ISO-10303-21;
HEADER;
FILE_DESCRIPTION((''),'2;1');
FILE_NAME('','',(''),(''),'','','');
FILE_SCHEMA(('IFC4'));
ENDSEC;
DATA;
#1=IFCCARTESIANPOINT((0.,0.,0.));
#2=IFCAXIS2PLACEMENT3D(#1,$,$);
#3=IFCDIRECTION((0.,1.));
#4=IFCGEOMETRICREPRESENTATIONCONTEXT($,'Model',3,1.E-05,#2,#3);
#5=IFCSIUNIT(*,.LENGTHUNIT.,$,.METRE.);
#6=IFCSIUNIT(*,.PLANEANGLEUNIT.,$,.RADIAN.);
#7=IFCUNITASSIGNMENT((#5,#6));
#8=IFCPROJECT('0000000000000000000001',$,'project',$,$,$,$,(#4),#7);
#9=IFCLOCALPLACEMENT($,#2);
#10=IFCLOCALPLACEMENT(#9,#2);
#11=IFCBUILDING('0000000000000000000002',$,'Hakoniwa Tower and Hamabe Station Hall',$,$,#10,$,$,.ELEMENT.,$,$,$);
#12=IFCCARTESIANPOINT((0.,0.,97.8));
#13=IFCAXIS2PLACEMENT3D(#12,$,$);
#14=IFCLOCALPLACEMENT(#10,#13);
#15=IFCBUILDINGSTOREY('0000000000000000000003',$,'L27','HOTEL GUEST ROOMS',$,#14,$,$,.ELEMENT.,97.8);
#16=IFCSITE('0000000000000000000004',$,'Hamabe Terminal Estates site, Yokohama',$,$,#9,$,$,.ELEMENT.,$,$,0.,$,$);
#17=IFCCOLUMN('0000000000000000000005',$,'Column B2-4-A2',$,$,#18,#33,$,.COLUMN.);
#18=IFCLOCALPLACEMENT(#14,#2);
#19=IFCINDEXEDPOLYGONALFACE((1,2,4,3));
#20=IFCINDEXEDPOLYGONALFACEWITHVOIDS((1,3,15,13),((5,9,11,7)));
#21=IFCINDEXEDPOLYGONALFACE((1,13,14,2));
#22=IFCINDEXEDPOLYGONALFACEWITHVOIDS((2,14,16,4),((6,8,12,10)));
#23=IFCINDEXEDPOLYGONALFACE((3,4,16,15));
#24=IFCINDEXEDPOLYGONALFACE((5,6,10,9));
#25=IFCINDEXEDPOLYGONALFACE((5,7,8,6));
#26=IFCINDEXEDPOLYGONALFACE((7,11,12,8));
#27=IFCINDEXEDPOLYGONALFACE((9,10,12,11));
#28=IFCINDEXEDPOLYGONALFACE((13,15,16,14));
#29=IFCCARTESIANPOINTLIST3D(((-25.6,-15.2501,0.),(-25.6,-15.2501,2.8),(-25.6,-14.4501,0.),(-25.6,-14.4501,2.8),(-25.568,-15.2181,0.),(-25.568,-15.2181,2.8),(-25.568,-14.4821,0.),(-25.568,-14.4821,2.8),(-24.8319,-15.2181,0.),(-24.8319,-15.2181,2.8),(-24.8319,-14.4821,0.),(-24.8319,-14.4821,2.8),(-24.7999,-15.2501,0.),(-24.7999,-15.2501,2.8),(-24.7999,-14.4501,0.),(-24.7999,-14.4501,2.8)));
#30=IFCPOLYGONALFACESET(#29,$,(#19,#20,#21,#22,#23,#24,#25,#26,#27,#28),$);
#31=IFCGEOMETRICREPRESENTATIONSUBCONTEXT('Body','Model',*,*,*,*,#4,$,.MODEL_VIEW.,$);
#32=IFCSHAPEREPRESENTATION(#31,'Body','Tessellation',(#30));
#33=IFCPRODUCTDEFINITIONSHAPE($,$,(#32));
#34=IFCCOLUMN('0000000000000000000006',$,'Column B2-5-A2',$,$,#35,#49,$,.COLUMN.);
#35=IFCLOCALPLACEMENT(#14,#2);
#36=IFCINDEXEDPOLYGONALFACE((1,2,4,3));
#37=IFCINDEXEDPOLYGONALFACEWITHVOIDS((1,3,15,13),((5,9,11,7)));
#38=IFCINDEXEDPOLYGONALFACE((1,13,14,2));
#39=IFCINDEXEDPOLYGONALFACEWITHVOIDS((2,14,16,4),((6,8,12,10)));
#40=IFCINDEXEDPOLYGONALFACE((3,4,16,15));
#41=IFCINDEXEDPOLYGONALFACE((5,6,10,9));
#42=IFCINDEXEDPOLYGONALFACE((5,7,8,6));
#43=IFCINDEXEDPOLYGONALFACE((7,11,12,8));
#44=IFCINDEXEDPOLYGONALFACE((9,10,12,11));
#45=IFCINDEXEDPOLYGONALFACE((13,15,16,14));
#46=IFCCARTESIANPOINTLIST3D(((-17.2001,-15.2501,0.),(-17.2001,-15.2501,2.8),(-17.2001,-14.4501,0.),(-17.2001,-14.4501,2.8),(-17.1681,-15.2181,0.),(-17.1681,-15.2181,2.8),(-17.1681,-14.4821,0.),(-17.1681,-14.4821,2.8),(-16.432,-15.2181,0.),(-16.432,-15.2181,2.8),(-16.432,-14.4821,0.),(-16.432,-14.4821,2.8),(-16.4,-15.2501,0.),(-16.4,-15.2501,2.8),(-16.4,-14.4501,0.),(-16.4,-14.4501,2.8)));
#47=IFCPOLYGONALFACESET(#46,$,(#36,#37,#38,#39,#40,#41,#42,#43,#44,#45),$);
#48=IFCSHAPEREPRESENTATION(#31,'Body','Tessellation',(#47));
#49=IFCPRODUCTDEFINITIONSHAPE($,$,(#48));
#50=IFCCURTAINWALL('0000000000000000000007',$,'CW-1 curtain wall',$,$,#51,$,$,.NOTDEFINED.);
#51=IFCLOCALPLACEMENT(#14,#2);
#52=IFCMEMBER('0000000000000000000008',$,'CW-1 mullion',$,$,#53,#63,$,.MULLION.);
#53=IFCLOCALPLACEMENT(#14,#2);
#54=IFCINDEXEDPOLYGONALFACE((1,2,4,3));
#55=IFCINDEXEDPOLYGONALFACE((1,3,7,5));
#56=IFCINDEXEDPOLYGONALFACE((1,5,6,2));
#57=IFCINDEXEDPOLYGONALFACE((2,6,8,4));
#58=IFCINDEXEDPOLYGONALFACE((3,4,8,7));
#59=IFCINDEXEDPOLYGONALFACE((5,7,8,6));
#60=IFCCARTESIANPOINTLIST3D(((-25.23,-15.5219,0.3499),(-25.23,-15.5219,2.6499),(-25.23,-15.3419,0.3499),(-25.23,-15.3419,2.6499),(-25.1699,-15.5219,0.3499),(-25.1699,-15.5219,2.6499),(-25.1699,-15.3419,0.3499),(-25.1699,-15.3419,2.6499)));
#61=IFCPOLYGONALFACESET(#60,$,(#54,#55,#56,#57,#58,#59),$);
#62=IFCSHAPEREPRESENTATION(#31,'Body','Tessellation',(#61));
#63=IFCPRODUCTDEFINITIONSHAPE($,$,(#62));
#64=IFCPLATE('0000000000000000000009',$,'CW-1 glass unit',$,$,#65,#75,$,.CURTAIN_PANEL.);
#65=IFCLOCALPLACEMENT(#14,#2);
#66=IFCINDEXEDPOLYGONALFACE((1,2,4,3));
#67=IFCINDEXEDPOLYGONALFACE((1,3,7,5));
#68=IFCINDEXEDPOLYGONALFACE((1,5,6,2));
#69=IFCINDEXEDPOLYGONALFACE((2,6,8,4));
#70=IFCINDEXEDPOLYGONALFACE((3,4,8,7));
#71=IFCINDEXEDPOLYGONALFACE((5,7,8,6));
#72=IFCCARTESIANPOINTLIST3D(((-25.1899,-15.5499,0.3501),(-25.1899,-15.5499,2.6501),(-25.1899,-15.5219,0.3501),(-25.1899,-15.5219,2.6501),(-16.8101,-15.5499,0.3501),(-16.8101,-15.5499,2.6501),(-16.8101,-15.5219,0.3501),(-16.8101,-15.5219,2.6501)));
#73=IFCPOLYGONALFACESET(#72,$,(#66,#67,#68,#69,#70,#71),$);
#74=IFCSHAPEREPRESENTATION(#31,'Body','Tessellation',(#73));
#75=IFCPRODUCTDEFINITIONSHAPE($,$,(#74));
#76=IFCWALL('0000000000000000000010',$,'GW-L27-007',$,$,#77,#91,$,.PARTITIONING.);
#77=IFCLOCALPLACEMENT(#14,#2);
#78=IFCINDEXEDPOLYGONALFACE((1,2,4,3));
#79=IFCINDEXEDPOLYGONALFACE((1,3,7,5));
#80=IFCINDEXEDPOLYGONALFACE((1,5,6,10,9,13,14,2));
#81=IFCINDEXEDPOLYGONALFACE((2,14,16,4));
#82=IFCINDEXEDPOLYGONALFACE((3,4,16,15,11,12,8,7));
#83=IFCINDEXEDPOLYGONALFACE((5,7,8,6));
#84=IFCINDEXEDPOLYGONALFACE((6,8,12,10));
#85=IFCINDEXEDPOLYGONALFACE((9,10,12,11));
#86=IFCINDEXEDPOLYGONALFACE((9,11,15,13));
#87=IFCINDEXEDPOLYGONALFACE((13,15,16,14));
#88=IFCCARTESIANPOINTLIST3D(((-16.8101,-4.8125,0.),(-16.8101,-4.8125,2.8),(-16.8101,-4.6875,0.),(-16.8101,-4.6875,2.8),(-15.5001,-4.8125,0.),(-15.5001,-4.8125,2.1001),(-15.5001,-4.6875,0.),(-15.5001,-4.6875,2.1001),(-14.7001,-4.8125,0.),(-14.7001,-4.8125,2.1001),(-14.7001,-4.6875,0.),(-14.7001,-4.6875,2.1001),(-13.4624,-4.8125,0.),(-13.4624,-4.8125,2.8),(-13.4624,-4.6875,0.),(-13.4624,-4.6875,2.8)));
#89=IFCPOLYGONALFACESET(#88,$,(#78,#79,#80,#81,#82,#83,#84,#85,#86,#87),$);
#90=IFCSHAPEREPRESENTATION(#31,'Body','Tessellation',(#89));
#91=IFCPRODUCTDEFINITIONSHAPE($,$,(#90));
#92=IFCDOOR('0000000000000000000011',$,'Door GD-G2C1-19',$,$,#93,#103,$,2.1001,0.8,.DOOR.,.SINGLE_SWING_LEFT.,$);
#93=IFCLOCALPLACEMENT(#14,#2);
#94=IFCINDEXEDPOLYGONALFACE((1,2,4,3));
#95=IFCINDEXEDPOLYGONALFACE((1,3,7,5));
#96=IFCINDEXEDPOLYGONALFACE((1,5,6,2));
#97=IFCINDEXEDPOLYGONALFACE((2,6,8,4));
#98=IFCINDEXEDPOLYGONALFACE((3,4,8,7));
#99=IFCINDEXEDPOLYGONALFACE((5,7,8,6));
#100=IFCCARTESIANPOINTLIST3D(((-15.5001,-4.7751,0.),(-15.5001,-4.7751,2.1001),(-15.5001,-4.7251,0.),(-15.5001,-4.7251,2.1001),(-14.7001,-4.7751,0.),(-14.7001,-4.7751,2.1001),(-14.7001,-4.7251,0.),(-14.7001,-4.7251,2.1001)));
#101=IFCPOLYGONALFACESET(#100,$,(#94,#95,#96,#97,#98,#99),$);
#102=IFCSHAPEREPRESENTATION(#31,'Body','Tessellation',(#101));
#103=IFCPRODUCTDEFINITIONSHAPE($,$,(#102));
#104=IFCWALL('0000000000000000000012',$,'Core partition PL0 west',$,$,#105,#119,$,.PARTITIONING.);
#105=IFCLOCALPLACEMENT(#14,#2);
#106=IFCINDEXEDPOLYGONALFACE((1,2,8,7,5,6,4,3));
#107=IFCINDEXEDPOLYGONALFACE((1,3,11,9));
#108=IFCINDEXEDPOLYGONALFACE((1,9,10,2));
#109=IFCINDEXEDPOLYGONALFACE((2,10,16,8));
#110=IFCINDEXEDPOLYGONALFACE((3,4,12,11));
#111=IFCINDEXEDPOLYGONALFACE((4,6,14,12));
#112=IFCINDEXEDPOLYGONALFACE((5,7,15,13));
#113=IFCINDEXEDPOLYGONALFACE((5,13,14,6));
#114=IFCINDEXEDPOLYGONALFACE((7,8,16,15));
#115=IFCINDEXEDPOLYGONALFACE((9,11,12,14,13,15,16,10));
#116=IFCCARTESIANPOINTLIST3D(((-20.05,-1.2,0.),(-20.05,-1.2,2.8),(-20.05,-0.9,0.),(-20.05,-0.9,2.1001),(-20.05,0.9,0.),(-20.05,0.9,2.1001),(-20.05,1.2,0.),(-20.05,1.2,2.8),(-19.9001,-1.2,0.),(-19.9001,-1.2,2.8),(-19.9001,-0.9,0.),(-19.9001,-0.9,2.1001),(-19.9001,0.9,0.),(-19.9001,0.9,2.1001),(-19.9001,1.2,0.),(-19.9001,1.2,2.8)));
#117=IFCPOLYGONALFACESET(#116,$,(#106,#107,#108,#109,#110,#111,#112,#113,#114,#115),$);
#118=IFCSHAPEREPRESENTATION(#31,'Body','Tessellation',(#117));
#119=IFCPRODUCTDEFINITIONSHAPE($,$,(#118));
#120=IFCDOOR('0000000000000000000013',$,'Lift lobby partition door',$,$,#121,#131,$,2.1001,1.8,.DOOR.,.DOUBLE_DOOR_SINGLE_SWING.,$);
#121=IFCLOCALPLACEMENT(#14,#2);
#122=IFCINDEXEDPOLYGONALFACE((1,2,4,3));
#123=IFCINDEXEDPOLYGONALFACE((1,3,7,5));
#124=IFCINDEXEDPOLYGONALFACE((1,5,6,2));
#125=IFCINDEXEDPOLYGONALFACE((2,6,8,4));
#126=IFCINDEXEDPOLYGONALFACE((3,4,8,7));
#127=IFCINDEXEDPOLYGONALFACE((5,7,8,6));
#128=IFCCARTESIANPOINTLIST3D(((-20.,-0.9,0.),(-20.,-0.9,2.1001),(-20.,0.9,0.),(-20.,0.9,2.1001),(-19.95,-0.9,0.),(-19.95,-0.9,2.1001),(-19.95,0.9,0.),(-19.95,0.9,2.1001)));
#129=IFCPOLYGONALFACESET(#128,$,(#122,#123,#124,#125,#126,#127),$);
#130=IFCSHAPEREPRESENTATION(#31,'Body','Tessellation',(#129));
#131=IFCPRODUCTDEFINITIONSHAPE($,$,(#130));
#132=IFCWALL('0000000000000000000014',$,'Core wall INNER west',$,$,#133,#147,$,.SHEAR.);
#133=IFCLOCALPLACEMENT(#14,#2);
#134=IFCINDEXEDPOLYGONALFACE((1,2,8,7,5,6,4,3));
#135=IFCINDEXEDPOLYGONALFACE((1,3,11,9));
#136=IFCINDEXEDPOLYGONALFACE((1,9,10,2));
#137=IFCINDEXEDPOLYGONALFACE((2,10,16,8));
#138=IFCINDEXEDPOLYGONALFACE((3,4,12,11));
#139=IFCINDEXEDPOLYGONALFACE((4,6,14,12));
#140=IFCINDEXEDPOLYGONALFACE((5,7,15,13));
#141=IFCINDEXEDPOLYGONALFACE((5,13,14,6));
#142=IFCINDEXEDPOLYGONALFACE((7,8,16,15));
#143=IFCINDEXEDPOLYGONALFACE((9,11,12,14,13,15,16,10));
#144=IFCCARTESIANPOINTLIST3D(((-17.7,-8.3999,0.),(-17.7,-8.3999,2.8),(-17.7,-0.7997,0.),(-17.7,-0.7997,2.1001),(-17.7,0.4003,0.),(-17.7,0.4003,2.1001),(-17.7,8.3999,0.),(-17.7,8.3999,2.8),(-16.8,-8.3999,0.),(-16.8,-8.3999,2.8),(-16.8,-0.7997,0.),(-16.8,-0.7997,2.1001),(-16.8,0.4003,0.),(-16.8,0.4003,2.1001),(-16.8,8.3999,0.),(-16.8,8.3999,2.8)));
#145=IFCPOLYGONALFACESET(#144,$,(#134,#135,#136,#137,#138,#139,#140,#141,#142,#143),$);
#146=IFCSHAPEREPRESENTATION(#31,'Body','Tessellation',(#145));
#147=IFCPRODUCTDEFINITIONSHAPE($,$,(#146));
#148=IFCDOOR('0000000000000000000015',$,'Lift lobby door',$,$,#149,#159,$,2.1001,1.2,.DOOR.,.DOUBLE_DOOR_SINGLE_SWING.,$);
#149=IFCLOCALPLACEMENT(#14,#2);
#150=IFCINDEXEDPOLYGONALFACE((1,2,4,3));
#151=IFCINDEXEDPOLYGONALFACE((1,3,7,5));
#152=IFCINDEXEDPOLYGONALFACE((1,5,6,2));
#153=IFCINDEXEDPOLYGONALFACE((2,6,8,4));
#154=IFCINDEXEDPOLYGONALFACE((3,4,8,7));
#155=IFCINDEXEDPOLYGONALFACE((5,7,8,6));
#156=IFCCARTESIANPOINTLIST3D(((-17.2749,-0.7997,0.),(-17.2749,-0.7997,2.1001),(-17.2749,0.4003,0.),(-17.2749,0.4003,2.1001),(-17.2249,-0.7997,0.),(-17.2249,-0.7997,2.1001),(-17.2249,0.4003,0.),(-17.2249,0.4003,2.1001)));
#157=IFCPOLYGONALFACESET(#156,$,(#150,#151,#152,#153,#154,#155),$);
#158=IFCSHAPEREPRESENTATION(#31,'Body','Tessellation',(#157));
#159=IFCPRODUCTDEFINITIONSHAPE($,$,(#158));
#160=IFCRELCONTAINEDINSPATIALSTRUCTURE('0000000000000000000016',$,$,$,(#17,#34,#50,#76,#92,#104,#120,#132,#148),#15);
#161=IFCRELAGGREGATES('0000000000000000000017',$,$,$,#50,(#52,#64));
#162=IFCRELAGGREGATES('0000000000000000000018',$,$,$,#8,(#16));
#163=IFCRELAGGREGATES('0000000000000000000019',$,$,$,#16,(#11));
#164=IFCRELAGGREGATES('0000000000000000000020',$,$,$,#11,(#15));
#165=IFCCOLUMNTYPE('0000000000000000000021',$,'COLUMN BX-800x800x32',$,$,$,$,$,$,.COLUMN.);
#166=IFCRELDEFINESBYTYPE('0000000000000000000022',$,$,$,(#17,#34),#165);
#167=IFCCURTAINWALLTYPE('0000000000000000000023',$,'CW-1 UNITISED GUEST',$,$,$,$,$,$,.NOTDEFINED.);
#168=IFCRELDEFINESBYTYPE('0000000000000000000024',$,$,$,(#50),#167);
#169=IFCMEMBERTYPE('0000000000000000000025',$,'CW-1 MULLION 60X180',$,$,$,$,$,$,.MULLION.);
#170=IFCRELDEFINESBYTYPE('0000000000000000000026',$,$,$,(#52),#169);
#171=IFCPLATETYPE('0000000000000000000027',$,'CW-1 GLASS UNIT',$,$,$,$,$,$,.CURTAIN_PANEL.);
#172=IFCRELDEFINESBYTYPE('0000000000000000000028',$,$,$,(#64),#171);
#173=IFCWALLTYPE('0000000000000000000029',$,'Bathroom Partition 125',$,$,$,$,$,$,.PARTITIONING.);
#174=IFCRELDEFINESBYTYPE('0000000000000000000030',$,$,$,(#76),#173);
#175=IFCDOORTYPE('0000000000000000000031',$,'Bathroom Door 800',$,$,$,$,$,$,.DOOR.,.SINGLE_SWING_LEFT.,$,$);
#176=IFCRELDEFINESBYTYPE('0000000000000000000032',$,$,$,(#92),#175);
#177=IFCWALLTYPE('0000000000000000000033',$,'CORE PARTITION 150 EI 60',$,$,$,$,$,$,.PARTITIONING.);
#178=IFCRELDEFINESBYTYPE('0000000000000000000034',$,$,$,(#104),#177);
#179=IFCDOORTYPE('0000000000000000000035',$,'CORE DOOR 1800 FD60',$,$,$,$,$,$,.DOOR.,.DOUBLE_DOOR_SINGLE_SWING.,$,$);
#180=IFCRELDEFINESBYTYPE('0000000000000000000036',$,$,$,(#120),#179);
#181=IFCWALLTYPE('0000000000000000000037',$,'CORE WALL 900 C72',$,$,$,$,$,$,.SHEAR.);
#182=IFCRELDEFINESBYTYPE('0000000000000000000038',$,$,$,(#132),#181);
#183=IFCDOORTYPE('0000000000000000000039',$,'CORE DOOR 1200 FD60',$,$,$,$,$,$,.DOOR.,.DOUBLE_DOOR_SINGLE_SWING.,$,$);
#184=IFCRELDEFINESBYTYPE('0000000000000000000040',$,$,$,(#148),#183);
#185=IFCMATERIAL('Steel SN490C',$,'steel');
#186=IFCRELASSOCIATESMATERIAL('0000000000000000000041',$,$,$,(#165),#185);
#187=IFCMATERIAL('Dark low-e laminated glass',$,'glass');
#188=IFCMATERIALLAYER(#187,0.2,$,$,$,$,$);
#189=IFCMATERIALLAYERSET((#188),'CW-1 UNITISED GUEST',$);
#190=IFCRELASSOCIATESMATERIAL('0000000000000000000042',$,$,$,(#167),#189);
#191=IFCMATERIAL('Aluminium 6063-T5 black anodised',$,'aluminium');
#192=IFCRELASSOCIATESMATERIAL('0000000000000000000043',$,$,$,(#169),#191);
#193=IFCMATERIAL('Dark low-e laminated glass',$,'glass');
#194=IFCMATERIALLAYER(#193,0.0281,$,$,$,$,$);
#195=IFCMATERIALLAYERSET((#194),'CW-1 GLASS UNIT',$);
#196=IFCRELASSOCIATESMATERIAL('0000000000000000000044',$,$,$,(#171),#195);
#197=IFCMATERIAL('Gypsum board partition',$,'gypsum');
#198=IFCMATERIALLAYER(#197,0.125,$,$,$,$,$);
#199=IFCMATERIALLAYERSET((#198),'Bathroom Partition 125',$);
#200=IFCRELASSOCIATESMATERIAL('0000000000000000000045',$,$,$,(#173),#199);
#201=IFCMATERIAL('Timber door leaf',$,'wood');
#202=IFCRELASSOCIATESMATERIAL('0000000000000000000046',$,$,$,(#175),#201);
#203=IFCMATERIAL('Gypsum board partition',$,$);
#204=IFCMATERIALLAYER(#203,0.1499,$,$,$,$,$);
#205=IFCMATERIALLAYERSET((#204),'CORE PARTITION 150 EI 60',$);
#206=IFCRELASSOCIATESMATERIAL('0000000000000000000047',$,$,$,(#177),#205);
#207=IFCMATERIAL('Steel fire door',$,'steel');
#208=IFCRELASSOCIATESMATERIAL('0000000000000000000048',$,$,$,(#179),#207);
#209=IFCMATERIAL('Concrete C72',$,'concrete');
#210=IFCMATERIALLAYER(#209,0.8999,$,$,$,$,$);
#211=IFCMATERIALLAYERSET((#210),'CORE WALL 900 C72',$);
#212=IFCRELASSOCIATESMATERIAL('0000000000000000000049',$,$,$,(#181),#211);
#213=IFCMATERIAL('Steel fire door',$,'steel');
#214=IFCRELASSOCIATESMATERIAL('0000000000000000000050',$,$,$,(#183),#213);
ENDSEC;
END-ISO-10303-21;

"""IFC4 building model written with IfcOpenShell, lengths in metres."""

from ifc_helpers import new_model, si_unit, direction, frame, frame_2d, origin, origin_2d, place, context, subcontext, project, spatial, rectangle, hollow_rectangle, extrude, material, layer, layer_set, material_profile, profile_set, type_object, element, fill, aggregate, save


model = new_model("IFC4")

# Units and contexts
model_context = context("Model", 3, precision=1e-05, world=origin(), true_north=direction((0.0, 1.0)))
body_context = subcontext(model_context, "Body", "Model", "MODEL_VIEW")
ifc_project = project(units=[si_unit("LENGTHUNIT", "METRE"), si_unit("PLANEANGLEUNIT", "RADIAN")], contexts=[model_context])

# Site, building, storey
site_placement = place(None, origin())
site = spatial("IfcSite", under=ifc_project, at=site_placement, Name="Hamabe Terminal Estates site, Yokohama", CompositionType="ELEMENT", RefElevation=0.0)
building_placement = place(site_placement, origin())
building = spatial("IfcBuilding", under=site, at=building_placement, Name="Hakoniwa Tower and Hamabe Station Hall", CompositionType="ELEMENT")
storey_placement = place(building_placement, frame((0.0, 0.0, 97.8)))
storey = spatial("IfcBuildingStorey", under=building, at=storey_placement, Name="L27", Description="HOTEL GUEST ROOMS", CompositionType="ELEMENT", Elevation=97.8)

# Columns
ifc_material_1 = material(Name="Steel SN490C", Category="steel")
ifc_material_profile_1 = material_profile(ifc_material_1, hollow_rectangle(XDim=0.8, YDim=0.8, WallThickness=0.032, at=origin_2d()), Name="BX-800x800x32")
ifc_profile_set_1 = profile_set([ifc_material_profile_1], Name="Steel SN490C")
column_type = type_object("IfcColumnType", Name="COLUMN BX-800x800x32", PredefinedType="COLUMN", material=ifc_profile_set_1)
for number, where, z_axis, x_axis, name in (
    (1, (-25.2, -14.8501, 0.0), (0.0, 0.0, 1.0), (1.0, 0.0, 0.0), "Column B2-4-A2"),
    (2, (-16.8, -14.8501, 0.0), (0.0, 0.0, 1.0), (1.0, 0.0, 0.0), "Column B2-5-A2"),
):
    element("IfcColumn", number, at=place(storey_placement, frame(where, z_axis=z_axis, x_axis=x_axis)), inside=storey, type_object=column_type, Name=name, PredefinedType="COLUMN", context=body_context, shape_type="SweptSolid", body=[
        extrude(hollow_rectangle(XDim=0.8, YDim=0.8, WallThickness=0.032, at=origin_2d()), origin(), (0.0, 0.0, 1.0), 2.8),
    ])

# Curtain wall, member, plate
ifc_material_2 = material(Name="Dark low-e laminated glass", Category="glass")
ifc_layer_1 = layer(ifc_material_2, 0.2)
ifc_layer_set_1 = layer_set([ifc_layer_1], Name="CW-1 UNITISED GUEST")
curtain_wall_type = type_object("IfcCurtainWallType", Name="CW-1 UNITISED GUEST", PredefinedType="NOTDEFINED", material=ifc_layer_set_1)
curtain_wall_placement = place(storey_placement, origin())
curtain_wall = element("IfcCurtainWall", 3, at=curtain_wall_placement, inside=storey, type_object=curtain_wall_type, Name="CW-1 curtain wall", PredefinedType="NOTDEFINED")
ifc_material_3 = material(Name="Aluminium 6063-T5 black anodised", Category="aluminium")
ifc_material_profile_2 = material_profile(ifc_material_3, rectangle(XDim=0.0601, YDim=0.1799, at=origin_2d()), Name="CW-1 MULLION 60X180")
ifc_profile_set_2 = profile_set([ifc_material_profile_2], Name="Aluminium 6063-T5 black anodised")
member_type = type_object("IfcMemberType", Name="CW-1 MULLION 60X180", PredefinedType="MULLION", material=ifc_profile_set_2)
member_placement = place(storey_placement, frame((-25.2, -15.4319, 0.3499), z_axis=(0.0, 0.0, 1.0), x_axis=(1.0, 0.0, 0.0)))
member = element("IfcMember", 4, at=member_placement, type_object=member_type, Name="CW-1 mullion", PredefinedType="MULLION", context=body_context, shape_type="SweptSolid", body=[
    extrude(rectangle(XDim=0.0601, YDim=0.1799, at=origin_2d()), origin(), (0.0, 0.0, 1.0), 2.3),
])
ifc_material_4 = material(Name="Dark low-e laminated glass", Category="glass")
ifc_layer_2 = layer(ifc_material_4, 0.0281)
ifc_layer_set_2 = layer_set([ifc_layer_2], Name="CW-1 GLASS UNIT")
plate_type = type_object("IfcPlateType", Name="CW-1 GLASS UNIT", PredefinedType="CURTAIN_PANEL", material=ifc_layer_set_2)
plate_placement = place(storey_placement, frame((-21.0, -15.5359, 0.3501), z_axis=(0.0, 0.0, 1.0), x_axis=(1.0, 0.0, 0.0)))
plate = element("IfcPlate", 5, at=plate_placement, type_object=plate_type, Name="CW-1 glass unit", PredefinedType="CURTAIN_PANEL", context=body_context, shape_type="SweptSolid", body=[
    extrude(rectangle(XDim=8.3799, YDim=0.0281, at=origin_2d()), origin(), (0.0, 0.0, 1.0), 2.3),
])
aggregate(curtain_wall, [member, plate])

# Walls, openings, doors
ifc_material_5 = material(Name="Gypsum board partition", Category="gypsum")
ifc_layer_3 = layer(ifc_material_5, 0.125)
ifc_layer_set_3 = layer_set([ifc_layer_3], Name="Bathroom Partition 125")
wall_type_1 = type_object("IfcWallType", Name="Bathroom Partition 125", PredefinedType="PARTITIONING", material=ifc_layer_set_3)
wall_1_placement = place(storey_placement, frame((-16.8101, -4.75, 0.0), z_axis=(0.0, 0.0, 1.0), x_axis=(1.0, 0.0, 0.0)))
wall_1 = element("IfcWall", 6, at=wall_1_placement, inside=storey, type_object=wall_type_1, Name="GW-L27-007", PredefinedType="PARTITIONING", context=body_context, shape_type="SweptSolid", body=[
    extrude(rectangle(XDim=3.3477, YDim=0.125, at=frame_2d((1.6738, 0.0))), origin(), (0.0, 0.0, 1.0), 2.8),
])
opening_1_placement = place(wall_1_placement, frame((1.3101, 0.0, 0.0)))
opening_1 = element("IfcOpeningElement", 7, at=opening_1_placement, cuts=wall_1, PredefinedType="OPENING", context=body_context, shape_type="SweptSolid", body=[
    extrude(rectangle(XDim=0.8, YDim=2.1001, at=frame_2d((0.3999, 1.05))), frame((0.0, 0.0725, 0.0), z_axis=(0.0, -1.0, 0.0), x_axis=(1.0, 0.0, 0.0)), (0.0, 0.0, 1.0), 0.145),
])
ifc_material_6 = material(Name="Timber door leaf", Category="wood")
door_type_1 = type_object("IfcDoorType", Name="Bathroom Door 800", OperationType="SINGLE_SWING_LEFT", PredefinedType="DOOR", material=ifc_material_6)
door_1_placement = place(opening_1_placement, origin())
door_1 = element("IfcDoor", 8, at=door_1_placement, inside=storey, type_object=door_type_1, Name="Door GD-G2C1-19", OperationType="SINGLE_SWING_LEFT", OverallHeight=2.1001, OverallWidth=0.8, PredefinedType="DOOR", context=body_context, shape_type="SweptSolid", body=[
    extrude(rectangle(XDim=0.8, YDim=2.1001, at=frame_2d((0.3999, 1.05))), frame((0.0, 0.0249, 0.0), z_axis=(0.0, -1.0, 0.0), x_axis=(1.0, 0.0, 0.0)), (0.0, 0.0, 1.0), 0.05),
])
fill(opening_1, door_1)
ifc_material_7 = material(Name="Gypsum board partition")
ifc_layer_4 = layer(ifc_material_7, 0.1499)
ifc_layer_set_4 = layer_set([ifc_layer_4], Name="CORE PARTITION 150 EI 60")
wall_type_2 = type_object("IfcWallType", Name="CORE PARTITION 150 EI 60", PredefinedType="PARTITIONING", material=ifc_layer_set_4)
wall_2_placement = place(storey_placement, frame((-19.9751, -1.2, 0.0), z_axis=(0.0, 0.0, 1.0), x_axis=(0.0, 1.0, 0.0)))
wall_2 = element("IfcWall", 9, at=wall_2_placement, inside=storey, type_object=wall_type_2, Name="Core partition PL0 west", PredefinedType="PARTITIONING", context=body_context, shape_type="SweptSolid", body=[
    extrude(rectangle(XDim=2.3999, YDim=0.1499, at=frame_2d((1.2, 0.0))), origin(), (0.0, 0.0, 1.0), 2.8),
])
opening_2_placement = place(wall_2_placement, frame((0.3, 0.0, 0.0)))
opening_2 = element("IfcOpeningElement", 10, at=opening_2_placement, cuts=wall_2, PredefinedType="OPENING", context=body_context, shape_type="SweptSolid", body=[
    extrude(rectangle(XDim=1.8, YDim=2.1001, at=frame_2d((0.8999, 1.05))), frame((0.0, 0.085, 0.0), z_axis=(0.0, -1.0, 0.0), x_axis=(1.0, 0.0, 0.0)), (0.0, 0.0, 1.0), 0.1699),
])
ifc_material_8 = material(Name="Steel fire door", Category="steel")
door_type_2 = type_object("IfcDoorType", Name="CORE DOOR 1800 FD60", OperationType="DOUBLE_DOOR_SINGLE_SWING", PredefinedType="DOOR", material=ifc_material_8)
door_2_placement = place(opening_2_placement, origin())
door_2 = element("IfcDoor", 11, at=door_2_placement, inside=storey, type_object=door_type_2, Name="Lift lobby partition door", OperationType="DOUBLE_DOOR_SINGLE_SWING", OverallHeight=2.1001, OverallWidth=1.8, PredefinedType="DOOR", context=body_context, shape_type="SweptSolid", body=[
    extrude(rectangle(XDim=1.8, YDim=2.1001, at=frame_2d((0.8999, 1.05))), frame((0.0, 0.0249, 0.0), z_axis=(0.0, -1.0, 0.0), x_axis=(1.0, 0.0, 0.0)), (0.0, 0.0, 1.0), 0.05),
])
fill(opening_2, door_2)
ifc_material_9 = material(Name="Concrete C72", Category="concrete")
ifc_layer_5 = layer(ifc_material_9, 0.8999)
ifc_layer_set_5 = layer_set([ifc_layer_5], Name="CORE WALL 900 C72")
wall_type_3 = type_object("IfcWallType", Name="CORE WALL 900 C72", PredefinedType="SHEAR", material=ifc_layer_set_5)
wall_3_placement = place(storey_placement, frame((-17.25, -8.3999, 0.0), z_axis=(0.0, 0.0, 1.0), x_axis=(0.0, 1.0, 0.0)))
wall_3 = element("IfcWall", 12, at=wall_3_placement, inside=storey, type_object=wall_type_3, Name="Core wall INNER west", PredefinedType="SHEAR", context=body_context, shape_type="SweptSolid", body=[
    extrude(rectangle(XDim=16.7998, YDim=0.8999, at=frame_2d((8.3999, 0.0))), origin(), (0.0, 0.0, 1.0), 2.8),
])
opening_3_placement = place(wall_3_placement, frame((7.6001, 0.0, 0.0)))
opening_3 = element("IfcOpeningElement", 13, at=opening_3_placement, cuts=wall_3, PredefinedType="OPENING", context=body_context, shape_type="SweptSolid", body=[
    extrude(rectangle(XDim=1.2, YDim=2.1001, at=frame_2d((0.6001, 1.05))), frame((0.0, 0.46, 0.0), z_axis=(0.0, -1.0, 0.0), x_axis=(1.0, 0.0, 0.0)), (0.0, 0.0, 1.0), 0.9199),
])
ifc_material_10 = material(Name="Steel fire door", Category="steel")
door_type_3 = type_object("IfcDoorType", Name="CORE DOOR 1200 FD60", OperationType="DOUBLE_DOOR_SINGLE_SWING", PredefinedType="DOOR", material=ifc_material_10)
door_3_placement = place(opening_3_placement, origin())
door_3 = element("IfcDoor", 14, at=door_3_placement, inside=storey, type_object=door_type_3, Name="Lift lobby door", OperationType="DOUBLE_DOOR_SINGLE_SWING", OverallHeight=2.1001, OverallWidth=1.2, PredefinedType="DOOR", context=body_context, shape_type="SweptSolid", body=[
    extrude(rectangle(XDim=1.2, YDim=2.1001, at=frame_2d((0.6001, 1.05))), frame((0.0, 0.0249, 0.0), z_axis=(0.0, -1.0, 0.0), x_axis=(1.0, 0.0, 0.0)), (0.0, 0.0, 1.0), 0.05),
])
fill(opening_3, door_3)

save(model, "model.ifc")
